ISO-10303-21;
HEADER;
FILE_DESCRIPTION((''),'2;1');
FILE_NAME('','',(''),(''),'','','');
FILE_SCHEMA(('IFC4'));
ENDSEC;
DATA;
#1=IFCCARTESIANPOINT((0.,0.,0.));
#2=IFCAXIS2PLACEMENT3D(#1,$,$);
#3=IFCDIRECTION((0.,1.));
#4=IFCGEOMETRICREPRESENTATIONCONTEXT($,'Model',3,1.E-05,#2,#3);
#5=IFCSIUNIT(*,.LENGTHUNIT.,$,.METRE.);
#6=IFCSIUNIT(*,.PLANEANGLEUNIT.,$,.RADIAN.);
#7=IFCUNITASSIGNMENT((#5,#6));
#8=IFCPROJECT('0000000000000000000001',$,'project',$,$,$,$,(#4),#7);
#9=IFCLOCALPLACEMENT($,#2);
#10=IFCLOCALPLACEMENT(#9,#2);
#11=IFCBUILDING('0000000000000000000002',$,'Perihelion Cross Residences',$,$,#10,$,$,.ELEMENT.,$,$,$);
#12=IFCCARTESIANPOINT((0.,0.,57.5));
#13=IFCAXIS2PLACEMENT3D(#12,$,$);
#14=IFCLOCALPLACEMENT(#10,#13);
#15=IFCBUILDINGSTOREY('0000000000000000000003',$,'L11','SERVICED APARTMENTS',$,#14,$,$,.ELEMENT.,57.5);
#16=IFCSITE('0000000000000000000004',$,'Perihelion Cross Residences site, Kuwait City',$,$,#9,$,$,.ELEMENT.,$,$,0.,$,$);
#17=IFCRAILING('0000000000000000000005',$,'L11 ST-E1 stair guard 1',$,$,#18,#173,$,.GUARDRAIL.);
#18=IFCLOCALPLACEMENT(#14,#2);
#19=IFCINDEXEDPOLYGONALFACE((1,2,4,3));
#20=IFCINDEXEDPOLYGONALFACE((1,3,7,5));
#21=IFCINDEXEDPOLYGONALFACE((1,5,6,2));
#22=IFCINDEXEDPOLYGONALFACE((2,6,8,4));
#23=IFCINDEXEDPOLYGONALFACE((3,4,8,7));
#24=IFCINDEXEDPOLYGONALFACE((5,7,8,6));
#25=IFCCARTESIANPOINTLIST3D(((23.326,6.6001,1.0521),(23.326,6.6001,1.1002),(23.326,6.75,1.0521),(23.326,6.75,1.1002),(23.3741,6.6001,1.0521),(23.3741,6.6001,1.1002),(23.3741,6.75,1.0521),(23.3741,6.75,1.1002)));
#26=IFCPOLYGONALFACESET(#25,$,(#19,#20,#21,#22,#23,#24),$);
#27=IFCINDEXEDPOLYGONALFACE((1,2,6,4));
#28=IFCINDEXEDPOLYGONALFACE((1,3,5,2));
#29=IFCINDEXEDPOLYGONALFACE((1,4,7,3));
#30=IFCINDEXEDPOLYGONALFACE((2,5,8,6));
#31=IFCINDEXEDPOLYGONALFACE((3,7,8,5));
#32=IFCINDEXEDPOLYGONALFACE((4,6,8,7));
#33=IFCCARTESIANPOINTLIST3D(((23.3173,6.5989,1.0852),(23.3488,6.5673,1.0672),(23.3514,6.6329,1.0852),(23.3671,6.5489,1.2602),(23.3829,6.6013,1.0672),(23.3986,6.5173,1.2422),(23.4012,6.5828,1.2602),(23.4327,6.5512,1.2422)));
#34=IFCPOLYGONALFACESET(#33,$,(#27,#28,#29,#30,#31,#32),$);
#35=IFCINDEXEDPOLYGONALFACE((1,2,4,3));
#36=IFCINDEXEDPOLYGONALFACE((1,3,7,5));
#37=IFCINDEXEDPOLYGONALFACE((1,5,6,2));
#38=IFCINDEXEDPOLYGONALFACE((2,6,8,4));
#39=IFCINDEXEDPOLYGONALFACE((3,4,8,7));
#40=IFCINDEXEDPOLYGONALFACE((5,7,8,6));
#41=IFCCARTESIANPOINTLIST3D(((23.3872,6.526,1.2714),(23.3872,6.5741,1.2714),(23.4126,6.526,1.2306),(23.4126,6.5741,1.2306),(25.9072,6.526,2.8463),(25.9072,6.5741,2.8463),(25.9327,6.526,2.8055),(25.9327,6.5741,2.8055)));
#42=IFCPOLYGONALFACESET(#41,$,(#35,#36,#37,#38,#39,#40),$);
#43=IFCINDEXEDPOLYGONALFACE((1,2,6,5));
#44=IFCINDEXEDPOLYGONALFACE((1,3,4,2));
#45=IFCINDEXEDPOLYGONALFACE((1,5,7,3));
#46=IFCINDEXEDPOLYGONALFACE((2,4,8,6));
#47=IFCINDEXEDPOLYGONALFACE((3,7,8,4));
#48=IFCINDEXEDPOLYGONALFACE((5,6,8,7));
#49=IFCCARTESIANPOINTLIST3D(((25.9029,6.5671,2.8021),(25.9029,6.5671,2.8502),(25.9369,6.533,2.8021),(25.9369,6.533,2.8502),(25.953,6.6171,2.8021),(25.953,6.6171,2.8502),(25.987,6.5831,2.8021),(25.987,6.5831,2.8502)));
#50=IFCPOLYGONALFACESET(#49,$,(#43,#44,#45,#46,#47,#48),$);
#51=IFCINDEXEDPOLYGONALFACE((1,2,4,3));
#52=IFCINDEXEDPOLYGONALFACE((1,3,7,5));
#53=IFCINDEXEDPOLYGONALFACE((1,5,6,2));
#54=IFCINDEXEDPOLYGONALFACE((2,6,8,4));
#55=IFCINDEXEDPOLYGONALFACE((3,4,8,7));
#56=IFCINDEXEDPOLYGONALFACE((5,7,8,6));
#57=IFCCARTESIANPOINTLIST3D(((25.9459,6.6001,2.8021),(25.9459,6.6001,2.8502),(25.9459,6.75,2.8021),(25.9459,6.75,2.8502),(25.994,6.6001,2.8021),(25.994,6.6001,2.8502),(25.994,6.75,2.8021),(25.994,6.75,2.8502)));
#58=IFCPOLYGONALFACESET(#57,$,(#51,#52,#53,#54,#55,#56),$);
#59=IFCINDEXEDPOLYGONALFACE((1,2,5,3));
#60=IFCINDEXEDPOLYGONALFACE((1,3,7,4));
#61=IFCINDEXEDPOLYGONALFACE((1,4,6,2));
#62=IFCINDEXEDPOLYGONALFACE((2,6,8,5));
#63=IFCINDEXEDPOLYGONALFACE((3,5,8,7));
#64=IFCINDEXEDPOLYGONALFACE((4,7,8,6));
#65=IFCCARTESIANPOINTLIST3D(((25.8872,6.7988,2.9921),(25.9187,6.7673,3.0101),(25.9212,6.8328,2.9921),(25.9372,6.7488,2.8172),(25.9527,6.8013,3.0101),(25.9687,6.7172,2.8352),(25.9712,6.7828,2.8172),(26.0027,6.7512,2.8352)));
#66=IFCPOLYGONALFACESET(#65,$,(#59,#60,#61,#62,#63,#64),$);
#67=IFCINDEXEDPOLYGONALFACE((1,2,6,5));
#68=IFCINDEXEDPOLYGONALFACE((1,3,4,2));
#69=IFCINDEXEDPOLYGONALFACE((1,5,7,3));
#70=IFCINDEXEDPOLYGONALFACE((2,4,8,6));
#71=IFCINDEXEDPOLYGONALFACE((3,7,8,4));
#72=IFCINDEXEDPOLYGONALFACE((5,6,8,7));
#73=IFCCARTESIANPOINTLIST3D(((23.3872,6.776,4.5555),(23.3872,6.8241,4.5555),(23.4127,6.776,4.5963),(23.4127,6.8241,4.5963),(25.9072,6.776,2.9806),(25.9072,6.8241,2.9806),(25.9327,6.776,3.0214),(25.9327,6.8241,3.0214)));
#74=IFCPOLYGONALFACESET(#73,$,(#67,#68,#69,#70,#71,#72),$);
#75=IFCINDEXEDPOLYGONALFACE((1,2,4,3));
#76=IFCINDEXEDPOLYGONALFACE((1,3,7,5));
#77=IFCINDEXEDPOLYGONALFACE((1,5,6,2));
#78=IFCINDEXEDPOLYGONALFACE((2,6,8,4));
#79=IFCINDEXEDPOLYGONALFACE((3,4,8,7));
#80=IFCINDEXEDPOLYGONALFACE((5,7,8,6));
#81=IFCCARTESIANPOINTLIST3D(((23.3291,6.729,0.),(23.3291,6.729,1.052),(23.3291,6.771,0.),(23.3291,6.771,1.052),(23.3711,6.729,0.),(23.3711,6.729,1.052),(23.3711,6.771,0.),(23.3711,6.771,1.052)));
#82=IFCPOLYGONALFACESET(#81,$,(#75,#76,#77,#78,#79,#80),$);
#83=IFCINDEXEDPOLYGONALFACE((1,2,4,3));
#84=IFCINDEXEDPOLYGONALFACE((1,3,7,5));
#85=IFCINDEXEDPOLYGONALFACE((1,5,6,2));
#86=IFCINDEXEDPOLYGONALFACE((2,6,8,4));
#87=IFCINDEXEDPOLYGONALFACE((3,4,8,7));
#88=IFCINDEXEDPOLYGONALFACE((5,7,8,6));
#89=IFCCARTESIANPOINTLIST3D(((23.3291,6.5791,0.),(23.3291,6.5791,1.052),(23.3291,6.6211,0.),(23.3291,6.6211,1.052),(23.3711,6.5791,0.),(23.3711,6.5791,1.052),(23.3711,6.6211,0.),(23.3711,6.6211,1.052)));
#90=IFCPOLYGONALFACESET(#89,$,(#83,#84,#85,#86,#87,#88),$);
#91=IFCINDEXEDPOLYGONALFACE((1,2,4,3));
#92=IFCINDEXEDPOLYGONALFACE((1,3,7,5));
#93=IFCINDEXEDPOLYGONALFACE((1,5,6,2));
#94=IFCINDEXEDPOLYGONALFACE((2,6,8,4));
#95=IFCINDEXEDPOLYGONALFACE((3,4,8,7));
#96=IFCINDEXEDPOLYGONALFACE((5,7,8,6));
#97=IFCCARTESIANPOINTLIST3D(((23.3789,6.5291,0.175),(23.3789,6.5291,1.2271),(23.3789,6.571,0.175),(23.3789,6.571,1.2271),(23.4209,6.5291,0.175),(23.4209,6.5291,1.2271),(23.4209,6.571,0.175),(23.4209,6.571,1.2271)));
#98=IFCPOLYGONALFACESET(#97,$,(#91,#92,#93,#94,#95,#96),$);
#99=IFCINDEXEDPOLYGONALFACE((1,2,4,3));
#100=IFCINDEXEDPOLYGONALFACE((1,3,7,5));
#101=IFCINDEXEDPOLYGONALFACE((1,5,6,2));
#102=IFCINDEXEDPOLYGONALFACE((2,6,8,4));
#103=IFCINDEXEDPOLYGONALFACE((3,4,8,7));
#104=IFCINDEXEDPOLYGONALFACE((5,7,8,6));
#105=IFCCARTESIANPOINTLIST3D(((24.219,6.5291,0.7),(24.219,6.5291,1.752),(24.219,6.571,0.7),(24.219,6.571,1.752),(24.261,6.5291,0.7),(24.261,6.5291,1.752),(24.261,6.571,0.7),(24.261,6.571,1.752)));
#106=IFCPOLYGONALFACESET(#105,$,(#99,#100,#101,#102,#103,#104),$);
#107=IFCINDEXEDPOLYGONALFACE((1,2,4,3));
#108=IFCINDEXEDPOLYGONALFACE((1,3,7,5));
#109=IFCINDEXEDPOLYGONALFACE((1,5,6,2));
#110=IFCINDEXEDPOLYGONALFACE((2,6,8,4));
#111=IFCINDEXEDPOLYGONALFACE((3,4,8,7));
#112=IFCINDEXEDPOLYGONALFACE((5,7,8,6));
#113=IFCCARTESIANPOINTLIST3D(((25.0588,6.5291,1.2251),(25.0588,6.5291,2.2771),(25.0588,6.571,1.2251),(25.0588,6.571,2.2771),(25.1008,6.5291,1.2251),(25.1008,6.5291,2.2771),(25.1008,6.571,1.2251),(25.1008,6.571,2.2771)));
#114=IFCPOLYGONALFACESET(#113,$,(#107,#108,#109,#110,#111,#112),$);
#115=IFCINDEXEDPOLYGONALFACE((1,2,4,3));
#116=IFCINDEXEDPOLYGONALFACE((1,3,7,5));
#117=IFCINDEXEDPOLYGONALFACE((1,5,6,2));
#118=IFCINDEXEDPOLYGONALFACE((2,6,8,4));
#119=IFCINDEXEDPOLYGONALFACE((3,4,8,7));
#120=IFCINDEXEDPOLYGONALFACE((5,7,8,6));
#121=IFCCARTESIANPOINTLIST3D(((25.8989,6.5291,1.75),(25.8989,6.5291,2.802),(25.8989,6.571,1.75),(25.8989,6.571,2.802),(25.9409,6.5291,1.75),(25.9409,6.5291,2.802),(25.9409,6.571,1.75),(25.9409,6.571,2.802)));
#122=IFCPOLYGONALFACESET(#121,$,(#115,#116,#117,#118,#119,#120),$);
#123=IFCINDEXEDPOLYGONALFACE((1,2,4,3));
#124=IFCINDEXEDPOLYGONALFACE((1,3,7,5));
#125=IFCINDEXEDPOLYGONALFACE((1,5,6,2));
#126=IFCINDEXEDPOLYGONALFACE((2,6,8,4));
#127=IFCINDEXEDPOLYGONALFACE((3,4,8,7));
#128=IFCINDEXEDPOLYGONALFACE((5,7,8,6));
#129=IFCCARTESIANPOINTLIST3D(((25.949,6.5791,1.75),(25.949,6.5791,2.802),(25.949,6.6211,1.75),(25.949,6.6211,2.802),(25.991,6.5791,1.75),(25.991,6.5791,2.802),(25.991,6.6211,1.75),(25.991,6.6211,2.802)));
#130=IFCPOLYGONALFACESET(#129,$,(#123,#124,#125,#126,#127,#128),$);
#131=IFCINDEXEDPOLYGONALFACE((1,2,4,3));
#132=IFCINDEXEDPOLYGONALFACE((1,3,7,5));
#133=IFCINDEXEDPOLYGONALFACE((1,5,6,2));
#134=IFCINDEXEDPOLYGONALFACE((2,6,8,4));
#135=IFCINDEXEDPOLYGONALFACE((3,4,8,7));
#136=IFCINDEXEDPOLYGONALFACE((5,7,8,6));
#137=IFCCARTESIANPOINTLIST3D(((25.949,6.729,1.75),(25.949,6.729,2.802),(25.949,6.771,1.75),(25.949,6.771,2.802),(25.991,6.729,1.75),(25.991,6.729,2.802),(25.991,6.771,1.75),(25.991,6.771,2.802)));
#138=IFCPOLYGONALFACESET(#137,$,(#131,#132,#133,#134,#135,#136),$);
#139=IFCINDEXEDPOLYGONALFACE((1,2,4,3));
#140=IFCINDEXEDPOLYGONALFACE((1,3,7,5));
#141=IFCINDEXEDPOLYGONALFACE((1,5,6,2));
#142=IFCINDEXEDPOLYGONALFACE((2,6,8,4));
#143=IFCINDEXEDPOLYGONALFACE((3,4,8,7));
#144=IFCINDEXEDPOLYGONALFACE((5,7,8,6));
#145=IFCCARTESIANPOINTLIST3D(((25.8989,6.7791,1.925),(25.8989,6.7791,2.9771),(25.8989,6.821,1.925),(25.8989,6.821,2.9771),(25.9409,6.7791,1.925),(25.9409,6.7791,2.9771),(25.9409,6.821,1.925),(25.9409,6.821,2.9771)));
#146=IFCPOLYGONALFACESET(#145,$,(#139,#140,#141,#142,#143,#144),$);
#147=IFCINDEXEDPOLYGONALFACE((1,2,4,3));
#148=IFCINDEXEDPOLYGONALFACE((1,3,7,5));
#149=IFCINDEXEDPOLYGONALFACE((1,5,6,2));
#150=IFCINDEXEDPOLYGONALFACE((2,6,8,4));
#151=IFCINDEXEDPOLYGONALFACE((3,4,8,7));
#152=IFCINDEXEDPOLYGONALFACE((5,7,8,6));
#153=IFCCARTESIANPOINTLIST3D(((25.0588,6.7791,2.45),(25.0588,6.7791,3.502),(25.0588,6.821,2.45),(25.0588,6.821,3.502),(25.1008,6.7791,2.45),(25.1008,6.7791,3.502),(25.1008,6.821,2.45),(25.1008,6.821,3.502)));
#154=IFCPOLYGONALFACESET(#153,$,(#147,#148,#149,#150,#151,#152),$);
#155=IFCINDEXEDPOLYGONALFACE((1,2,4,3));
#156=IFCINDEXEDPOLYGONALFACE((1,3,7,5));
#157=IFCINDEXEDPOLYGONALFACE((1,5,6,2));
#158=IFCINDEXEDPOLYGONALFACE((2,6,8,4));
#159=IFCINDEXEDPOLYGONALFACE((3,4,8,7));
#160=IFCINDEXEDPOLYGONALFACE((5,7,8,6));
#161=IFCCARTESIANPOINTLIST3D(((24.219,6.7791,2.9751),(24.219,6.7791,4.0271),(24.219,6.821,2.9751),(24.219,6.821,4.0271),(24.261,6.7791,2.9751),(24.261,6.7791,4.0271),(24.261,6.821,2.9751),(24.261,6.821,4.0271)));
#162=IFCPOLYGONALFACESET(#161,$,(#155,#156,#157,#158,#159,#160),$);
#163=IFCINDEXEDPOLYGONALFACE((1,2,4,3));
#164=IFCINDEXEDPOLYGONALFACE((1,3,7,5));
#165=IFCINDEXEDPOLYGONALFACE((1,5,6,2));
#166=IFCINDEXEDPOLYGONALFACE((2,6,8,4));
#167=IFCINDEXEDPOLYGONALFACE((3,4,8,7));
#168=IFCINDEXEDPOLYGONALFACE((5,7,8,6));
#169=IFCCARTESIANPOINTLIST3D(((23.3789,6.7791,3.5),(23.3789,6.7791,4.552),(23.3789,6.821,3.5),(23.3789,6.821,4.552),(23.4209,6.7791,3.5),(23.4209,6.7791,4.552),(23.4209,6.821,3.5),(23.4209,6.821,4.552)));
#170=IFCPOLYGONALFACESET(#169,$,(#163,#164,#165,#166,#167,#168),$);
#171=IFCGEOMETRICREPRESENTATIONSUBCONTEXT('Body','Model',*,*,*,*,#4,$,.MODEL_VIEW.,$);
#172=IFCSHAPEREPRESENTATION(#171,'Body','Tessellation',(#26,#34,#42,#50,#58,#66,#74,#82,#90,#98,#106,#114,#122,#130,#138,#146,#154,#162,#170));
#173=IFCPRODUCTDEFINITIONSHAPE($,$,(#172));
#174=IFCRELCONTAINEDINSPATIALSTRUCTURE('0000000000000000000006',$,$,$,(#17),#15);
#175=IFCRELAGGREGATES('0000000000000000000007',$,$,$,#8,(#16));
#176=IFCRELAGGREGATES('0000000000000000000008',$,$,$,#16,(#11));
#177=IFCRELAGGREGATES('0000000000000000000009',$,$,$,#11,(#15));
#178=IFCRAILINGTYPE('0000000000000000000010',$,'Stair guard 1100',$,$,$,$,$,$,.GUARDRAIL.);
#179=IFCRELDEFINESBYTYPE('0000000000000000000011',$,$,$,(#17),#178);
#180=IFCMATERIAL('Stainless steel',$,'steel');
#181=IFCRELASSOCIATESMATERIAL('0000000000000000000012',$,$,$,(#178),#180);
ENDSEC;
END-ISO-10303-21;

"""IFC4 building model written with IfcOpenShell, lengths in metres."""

from ifc_helpers import new_model, si_unit, direction, frame, origin, origin_2d, place, context, subcontext, project, spatial, rectangle, extrude, material, type_object, element, save


model = new_model("IFC4")

# Units and contexts
model_context = context("Model", 3, precision=1e-05, world=origin(), true_north=direction((0.0, 1.0)))
body_context = subcontext(model_context, "Body", "Model", "MODEL_VIEW")
ifc_project = project(units=[si_unit("LENGTHUNIT", "METRE"), si_unit("PLANEANGLEUNIT", "RADIAN")], contexts=[model_context])

# Site, building, storey
site_placement = place(None, origin())
site = spatial("IfcSite", under=ifc_project, at=site_placement, Name="Perihelion Cross Residences site, Kuwait City", CompositionType="ELEMENT", RefElevation=0.0)
building_placement = place(site_placement, origin())
building = spatial("IfcBuilding", under=site, at=building_placement, Name="Perihelion Cross Residences", CompositionType="ELEMENT")
storey_placement = place(building_placement, frame((0.0, 0.0, 57.5)))
storey = spatial("IfcBuildingStorey", under=building, at=storey_placement, Name="L11", Description="SERVICED APARTMENTS", CompositionType="ELEMENT", Elevation=57.5)

# Railing
ifc_material_1 = material(Name="Stainless steel", Category="steel")
railing_type_1 = type_object("IfcRailingType", Name="Stair guard 1100", PredefinedType="GUARDRAIL", material=ifc_material_1)
railing_1_placement = place(storey_placement, frame((23.3501, 6.75, 0.0)))
element("IfcRailing", 1, at=railing_1_placement, inside=storey, type_object=railing_type_1, Name="L11 ST-E1 stair guard 1", PredefinedType="GUARDRAIL", context=body_context, shape_type="SweptSolid", body=[
    extrude(rectangle(XDim=0.0481, YDim=0.0481, at=origin_2d()), frame((0.0, 0.0, 1.0762), z_axis=(0.0, -1.0, 0.0), x_axis=(1.0, 0.0, 0.0)), (0.0, 0.0, 1.0), 0.1499),
    extrude(rectangle(XDim=0.0481, YDim=0.0481, at=origin_2d()), frame((0.0, -0.1499, 1.0762), z_axis=(0.263862, -0.265156, 0.927399), x_axis=(0.708834, 0.705376, 0.0)), (0.0, 0.0, 1.0), 0.1887),
    extrude(rectangle(XDim=0.0481, YDim=0.0481, at=origin_2d()), frame((0.0498, -0.2, 1.251), z_axis=(0.848008, 0.0, 0.529984), x_axis=(0.0, 1.0, 0.0)), (0.0, 0.0, 1.0), 2.9717),
    extrude(rectangle(XDim=0.0481, YDim=0.0481, at=origin_2d()), frame((2.5698, -0.2, 2.8262), z_axis=(0.707107, 0.707107, 0.0), x_axis=(-0.707107, 0.707107, 0.0)), (0.0, 0.0, 1.0), 0.0708),
    extrude(rectangle(XDim=0.0481, YDim=0.0481, at=origin_2d()), frame((2.6199, -0.1499, 2.8262), z_axis=(0.0, 1.0, 0.0), x_axis=(-1.0, 0.0, 0.0)), (0.0, 0.0, 1.0), 0.1499),
    extrude(rectangle(XDim=0.0481, YDim=0.0481, at=origin_2d()), frame((2.6199, 0.0, 2.8262), z_axis=(-0.265065, 0.265065, 0.927082), x_axis=(-0.707107, -0.707107, 0.0)), (0.0, 0.0, 1.0), 0.1887),
    extrude(rectangle(XDim=0.0481, YDim=0.0481, at=origin_2d()), frame((2.5698, 0.05, 3.001), z_axis=(-0.848008, 0.0, 0.529984), x_axis=(0.0, -1.0, 0.0)), (0.0, 0.0, 1.0), 2.9717),
    extrude(rectangle(XDim=0.042, YDim=0.042, at=origin_2d()), origin(), (0.0, 0.0, 1.0), 1.052),
    extrude(rectangle(XDim=0.042, YDim=0.042, at=origin_2d()), frame((0.0, -0.1499, 0.0)), (0.0, 0.0, 1.0), 1.052),
    extrude(rectangle(XDim=0.042, YDim=0.042, at=origin_2d()), frame((0.0498, -0.2, 0.175)), (0.0, 0.0, 1.0), 1.052),
    extrude(rectangle(XDim=0.042, YDim=0.042, at=origin_2d()), frame((0.8899, -0.2, 0.7)), (0.0, 0.0, 1.0), 1.052),
    extrude(rectangle(XDim=0.042, YDim=0.042, at=origin_2d()), frame((1.7297, -0.2, 1.2251)), (0.0, 0.0, 1.0), 1.052),
    extrude(rectangle(XDim=0.042, YDim=0.042, at=origin_2d()), frame((2.5698, -0.2, 1.75)), (0.0, 0.0, 1.0), 1.052),
    extrude(rectangle(XDim=0.042, YDim=0.042, at=origin_2d()), frame((2.6199, -0.1499, 1.75)), (0.0, 0.0, 1.0), 1.052),
    extrude(rectangle(XDim=0.042, YDim=0.042, at=origin_2d()), frame((2.6199, 0.0, 1.75)), (0.0, 0.0, 1.0), 1.052),
    extrude(rectangle(XDim=0.042, YDim=0.042, at=origin_2d()), frame((2.5698, 0.05, 1.925)), (0.0, 0.0, 1.0), 1.052),
    extrude(rectangle(XDim=0.042, YDim=0.042, at=origin_2d()), frame((1.7297, 0.05, 2.45)), (0.0, 0.0, 1.0), 1.052),
    extrude(rectangle(XDim=0.042, YDim=0.042, at=origin_2d()), frame((0.8899, 0.05, 2.9751)), (0.0, 0.0, 1.0), 1.052),
    extrude(rectangle(XDim=0.042, YDim=0.042, at=origin_2d()), frame((0.0498, 0.05, 3.5)), (0.0, 0.0, 1.0), 1.052),
])

save(model, "model.ifc")
